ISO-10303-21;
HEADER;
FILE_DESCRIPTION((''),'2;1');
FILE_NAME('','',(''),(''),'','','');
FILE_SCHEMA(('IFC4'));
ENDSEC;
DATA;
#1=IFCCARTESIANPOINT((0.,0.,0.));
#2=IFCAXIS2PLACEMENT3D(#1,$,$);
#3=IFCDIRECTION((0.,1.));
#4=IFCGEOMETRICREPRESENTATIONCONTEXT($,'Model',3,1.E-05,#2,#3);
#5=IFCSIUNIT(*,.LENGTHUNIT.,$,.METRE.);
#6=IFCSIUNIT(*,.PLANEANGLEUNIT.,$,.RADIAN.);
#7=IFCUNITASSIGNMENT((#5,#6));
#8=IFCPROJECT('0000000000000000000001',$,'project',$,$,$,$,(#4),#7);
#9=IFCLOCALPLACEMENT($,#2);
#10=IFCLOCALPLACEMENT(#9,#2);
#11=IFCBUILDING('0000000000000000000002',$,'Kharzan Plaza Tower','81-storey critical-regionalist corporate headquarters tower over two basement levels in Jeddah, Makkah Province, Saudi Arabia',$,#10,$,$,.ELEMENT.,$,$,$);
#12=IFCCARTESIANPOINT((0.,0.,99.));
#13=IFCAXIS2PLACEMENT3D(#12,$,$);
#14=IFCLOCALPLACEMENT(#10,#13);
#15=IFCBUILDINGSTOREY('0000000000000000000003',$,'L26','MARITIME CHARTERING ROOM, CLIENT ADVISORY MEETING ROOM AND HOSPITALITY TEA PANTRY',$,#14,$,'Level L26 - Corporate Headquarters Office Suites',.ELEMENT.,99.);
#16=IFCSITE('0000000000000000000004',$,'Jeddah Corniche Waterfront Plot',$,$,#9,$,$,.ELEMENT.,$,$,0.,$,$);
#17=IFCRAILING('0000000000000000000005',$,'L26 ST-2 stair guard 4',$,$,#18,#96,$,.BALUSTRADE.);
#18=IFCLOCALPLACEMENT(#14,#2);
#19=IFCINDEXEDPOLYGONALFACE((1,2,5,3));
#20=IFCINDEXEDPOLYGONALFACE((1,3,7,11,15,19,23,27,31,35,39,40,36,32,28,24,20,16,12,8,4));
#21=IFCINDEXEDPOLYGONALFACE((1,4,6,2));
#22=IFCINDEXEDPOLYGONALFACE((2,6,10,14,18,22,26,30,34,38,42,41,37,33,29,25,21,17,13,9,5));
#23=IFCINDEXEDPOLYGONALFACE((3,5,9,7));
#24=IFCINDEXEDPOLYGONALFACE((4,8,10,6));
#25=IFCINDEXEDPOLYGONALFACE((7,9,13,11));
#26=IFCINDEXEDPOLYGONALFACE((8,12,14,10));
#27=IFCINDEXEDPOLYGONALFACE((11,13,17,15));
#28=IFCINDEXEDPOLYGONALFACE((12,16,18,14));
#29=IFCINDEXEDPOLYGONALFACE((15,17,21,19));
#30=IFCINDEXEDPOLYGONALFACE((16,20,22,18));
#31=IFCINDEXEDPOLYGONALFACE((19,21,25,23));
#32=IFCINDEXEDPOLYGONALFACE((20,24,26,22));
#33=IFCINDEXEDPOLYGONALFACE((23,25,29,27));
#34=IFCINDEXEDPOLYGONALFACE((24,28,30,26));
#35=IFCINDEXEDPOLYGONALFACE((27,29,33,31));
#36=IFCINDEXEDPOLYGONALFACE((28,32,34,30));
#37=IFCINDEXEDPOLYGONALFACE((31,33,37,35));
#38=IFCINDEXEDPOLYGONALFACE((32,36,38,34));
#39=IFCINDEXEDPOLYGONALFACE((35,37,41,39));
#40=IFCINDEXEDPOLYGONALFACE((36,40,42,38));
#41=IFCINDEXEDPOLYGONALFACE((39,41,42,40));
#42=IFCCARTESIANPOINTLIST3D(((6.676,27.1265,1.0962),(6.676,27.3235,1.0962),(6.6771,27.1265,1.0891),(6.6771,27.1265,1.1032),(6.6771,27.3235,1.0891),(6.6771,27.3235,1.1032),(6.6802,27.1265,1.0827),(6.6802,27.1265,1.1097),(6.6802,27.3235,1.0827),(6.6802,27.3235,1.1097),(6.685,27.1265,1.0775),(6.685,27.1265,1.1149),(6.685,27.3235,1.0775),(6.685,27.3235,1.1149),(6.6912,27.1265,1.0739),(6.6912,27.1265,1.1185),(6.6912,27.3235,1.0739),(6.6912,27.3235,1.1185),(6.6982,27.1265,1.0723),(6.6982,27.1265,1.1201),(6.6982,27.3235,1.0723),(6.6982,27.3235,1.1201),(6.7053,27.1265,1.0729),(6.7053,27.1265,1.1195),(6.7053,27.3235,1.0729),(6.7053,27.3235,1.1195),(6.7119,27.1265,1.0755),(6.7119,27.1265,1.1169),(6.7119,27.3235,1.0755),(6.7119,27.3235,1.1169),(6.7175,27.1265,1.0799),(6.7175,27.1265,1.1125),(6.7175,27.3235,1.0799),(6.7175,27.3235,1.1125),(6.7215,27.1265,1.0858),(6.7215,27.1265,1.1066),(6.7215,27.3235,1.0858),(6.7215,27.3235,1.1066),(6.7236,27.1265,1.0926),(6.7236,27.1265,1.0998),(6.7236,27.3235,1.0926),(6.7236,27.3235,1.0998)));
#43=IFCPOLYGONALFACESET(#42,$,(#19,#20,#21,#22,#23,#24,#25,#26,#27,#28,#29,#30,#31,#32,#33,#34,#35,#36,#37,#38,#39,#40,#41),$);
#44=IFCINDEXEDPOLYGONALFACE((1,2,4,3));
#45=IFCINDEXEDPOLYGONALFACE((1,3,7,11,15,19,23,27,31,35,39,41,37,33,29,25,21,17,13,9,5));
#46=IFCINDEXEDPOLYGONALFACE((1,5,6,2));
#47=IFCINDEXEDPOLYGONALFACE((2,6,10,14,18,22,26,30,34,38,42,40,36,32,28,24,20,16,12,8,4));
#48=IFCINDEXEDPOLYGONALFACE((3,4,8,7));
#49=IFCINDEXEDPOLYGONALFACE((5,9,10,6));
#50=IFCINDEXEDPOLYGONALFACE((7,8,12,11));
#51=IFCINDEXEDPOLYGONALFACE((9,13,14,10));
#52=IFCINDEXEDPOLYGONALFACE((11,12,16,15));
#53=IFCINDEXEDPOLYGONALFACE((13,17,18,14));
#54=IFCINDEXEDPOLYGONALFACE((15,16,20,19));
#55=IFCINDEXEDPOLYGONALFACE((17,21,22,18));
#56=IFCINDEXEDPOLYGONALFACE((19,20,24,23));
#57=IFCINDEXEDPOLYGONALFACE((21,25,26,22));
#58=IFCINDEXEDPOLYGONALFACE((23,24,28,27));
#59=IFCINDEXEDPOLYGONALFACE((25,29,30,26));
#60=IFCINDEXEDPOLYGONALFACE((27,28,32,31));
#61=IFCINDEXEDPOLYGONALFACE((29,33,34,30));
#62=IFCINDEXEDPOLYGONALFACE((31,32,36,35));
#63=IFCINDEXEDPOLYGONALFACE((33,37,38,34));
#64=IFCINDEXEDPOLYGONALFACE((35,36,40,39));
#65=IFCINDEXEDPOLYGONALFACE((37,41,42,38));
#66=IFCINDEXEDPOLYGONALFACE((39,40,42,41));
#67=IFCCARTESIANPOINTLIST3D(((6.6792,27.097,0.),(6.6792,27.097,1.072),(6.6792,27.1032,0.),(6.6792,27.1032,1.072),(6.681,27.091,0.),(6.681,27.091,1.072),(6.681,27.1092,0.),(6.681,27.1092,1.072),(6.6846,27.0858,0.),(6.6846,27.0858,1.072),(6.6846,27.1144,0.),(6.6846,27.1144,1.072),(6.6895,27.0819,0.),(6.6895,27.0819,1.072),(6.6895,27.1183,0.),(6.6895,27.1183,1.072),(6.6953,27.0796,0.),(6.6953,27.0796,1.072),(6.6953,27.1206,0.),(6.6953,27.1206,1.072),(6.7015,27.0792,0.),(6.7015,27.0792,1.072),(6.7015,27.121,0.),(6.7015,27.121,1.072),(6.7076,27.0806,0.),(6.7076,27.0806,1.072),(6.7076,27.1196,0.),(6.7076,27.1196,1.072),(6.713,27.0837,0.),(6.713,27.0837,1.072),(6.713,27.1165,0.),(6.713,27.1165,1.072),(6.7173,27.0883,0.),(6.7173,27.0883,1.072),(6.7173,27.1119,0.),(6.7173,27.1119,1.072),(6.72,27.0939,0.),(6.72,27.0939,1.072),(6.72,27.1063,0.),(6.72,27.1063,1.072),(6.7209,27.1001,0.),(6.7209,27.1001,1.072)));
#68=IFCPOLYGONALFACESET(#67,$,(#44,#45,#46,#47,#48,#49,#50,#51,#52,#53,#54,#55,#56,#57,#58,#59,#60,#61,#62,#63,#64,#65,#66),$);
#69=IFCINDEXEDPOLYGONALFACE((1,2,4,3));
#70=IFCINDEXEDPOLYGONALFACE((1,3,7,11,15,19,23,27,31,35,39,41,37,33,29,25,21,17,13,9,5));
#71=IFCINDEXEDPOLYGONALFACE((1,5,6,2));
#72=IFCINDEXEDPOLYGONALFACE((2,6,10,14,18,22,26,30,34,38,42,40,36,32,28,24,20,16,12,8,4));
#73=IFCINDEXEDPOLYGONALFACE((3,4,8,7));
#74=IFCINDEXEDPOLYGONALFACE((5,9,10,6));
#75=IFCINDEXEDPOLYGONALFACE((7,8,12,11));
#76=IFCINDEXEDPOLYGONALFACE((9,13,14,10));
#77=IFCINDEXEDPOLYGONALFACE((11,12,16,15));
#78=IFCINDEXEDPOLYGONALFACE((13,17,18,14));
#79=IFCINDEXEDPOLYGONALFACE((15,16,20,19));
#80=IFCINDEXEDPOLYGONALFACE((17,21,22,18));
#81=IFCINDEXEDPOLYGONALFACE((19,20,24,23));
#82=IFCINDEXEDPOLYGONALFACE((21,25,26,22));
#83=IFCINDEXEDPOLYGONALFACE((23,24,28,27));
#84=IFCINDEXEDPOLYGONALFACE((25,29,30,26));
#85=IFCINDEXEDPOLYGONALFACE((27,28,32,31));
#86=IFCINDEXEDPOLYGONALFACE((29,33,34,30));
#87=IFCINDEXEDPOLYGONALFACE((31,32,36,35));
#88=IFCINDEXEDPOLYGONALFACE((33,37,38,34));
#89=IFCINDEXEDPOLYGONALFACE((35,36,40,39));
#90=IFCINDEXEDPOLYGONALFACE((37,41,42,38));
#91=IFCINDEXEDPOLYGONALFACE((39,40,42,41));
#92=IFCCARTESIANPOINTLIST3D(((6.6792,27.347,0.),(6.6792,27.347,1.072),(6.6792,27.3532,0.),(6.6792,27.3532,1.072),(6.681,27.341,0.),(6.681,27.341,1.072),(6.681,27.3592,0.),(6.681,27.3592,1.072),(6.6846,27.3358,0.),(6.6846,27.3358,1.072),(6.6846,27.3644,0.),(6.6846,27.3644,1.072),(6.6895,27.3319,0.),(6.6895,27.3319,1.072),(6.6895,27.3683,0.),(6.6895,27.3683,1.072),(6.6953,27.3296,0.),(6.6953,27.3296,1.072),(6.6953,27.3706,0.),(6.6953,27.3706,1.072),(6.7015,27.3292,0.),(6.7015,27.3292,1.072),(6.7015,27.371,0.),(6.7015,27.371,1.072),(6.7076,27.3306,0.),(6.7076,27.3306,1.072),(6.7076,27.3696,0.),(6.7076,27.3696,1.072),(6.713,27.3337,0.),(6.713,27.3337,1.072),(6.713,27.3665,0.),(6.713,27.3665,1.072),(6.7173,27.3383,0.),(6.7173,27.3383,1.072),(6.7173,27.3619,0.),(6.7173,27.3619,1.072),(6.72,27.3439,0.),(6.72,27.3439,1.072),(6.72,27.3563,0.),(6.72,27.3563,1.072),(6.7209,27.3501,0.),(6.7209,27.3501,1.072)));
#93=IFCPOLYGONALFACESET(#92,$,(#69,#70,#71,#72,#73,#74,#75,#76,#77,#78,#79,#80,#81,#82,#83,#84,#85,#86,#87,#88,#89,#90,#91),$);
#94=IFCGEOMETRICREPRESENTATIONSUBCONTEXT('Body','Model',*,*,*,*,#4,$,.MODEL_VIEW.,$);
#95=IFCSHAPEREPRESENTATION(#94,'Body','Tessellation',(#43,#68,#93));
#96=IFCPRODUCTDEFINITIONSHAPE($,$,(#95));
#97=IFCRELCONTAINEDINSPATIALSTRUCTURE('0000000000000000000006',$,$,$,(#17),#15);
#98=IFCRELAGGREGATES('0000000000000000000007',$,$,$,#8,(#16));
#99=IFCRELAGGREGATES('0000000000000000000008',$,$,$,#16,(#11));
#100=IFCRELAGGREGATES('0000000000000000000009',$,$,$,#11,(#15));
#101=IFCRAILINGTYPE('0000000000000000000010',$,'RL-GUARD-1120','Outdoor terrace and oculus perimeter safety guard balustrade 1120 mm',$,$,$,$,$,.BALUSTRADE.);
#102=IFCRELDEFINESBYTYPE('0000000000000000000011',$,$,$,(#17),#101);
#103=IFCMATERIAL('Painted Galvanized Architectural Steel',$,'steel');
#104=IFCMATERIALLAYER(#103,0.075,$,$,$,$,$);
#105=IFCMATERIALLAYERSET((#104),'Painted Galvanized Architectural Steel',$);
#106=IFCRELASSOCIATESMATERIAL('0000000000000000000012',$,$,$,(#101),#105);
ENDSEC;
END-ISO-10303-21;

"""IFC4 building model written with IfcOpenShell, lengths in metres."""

from ifc_helpers import new_model, si_unit, direction, frame, origin, origin_2d, place, context, subcontext, project, spatial, circle, extrude, source, transform, mapped, material, layer, layer_set, type_object, element, save


model = new_model("IFC4")

# Units and contexts
model_context = context("Model", 3, precision=1e-05, world=origin(), true_north=direction((0.0, 1.0)))
body_context = subcontext(model_context, "Body", "Model", "MODEL_VIEW")
ifc_project = project(units=[si_unit("LENGTHUNIT", "METRE"), si_unit("PLANEANGLEUNIT", "RADIAN")], contexts=[model_context])

# Site, building, storey
site_placement = place(None, origin())
site = spatial("IfcSite", under=ifc_project, at=site_placement, Name="Jeddah Corniche Waterfront Plot", CompositionType="ELEMENT", RefElevation=0.0)
building_placement = place(site_placement, origin())
building = spatial("IfcBuilding", under=site, at=building_placement, Name="Kharzan Plaza Tower", Description="81-storey critical-regionalist corporate headquarters tower over two basement levels in Jeddah, Makkah Province, Saudi Arabia", CompositionType="ELEMENT")
storey_placement = place(building_placement, frame((0.0, 0.0, 99.0)))
storey = spatial("IfcBuildingStorey", under=building, at=storey_placement, Name="L26", Description="MARITIME CHARTERING ROOM, CLIENT ADVISORY MEETING ROOM AND HOSPITALITY TEA PANTRY", LongName="Level L26 - Corporate Headquarters Office Suites", CompositionType="ELEMENT", Elevation=99.0)

# Railing
ifc_material_1 = material(Name="Painted Galvanized Architectural Steel", Category="steel")
ifc_layer_1 = layer(ifc_material_1, 0.075)
ifc_layer_set_1 = layer_set([ifc_layer_1], Name="Painted Galvanized Architectural Steel")
railing_type_1 = type_object("IfcRailingType", Name="RL-GUARD-1120", Description="Outdoor terrace and oculus perimeter safety guard balustrade 1120 mm", PredefinedType="BALUSTRADE", material=ifc_layer_set_1)
shared_shape_1 = source(origin(), body_context, "Body", "SweptSolid", [
    extrude(circle(Radius=0.0239, at=origin_2d()), frame((0.0, 0.0264, 1.0962), z_axis=(0.0, 1.0, 0.0), x_axis=(-1.0, 0.0, 0.0)), (0.0, 0.0, 1.0), 0.197),
    extrude(circle(Radius=0.021, at=origin_2d()), origin(), (0.0, 0.0, 1.0), 1.072),
    extrude(circle(Radius=0.021, at=origin_2d()), frame((0.0, 0.25, 0.0)), (0.0, 0.0, 1.0), 1.072),
])
railing_1_placement = place(storey_placement, frame((6.7, 27.1001, 0.0)))
element("IfcRailing", 1, at=railing_1_placement, inside=storey, type_object=railing_type_1, Name="L26 ST-2 stair guard 4", PredefinedType="BALUSTRADE", context=body_context, shape_type="MappedRepresentation", body=[
    mapped(shared_shape_1, transform((0.0, 0.0, 0.0), x_axis=(1.0, 0.0, 0.0), y_axis=(0.0, 1.0, 0.0), z_axis=(0.0, 0.0, 1.0))),
])

save(model, "model.ifc")
